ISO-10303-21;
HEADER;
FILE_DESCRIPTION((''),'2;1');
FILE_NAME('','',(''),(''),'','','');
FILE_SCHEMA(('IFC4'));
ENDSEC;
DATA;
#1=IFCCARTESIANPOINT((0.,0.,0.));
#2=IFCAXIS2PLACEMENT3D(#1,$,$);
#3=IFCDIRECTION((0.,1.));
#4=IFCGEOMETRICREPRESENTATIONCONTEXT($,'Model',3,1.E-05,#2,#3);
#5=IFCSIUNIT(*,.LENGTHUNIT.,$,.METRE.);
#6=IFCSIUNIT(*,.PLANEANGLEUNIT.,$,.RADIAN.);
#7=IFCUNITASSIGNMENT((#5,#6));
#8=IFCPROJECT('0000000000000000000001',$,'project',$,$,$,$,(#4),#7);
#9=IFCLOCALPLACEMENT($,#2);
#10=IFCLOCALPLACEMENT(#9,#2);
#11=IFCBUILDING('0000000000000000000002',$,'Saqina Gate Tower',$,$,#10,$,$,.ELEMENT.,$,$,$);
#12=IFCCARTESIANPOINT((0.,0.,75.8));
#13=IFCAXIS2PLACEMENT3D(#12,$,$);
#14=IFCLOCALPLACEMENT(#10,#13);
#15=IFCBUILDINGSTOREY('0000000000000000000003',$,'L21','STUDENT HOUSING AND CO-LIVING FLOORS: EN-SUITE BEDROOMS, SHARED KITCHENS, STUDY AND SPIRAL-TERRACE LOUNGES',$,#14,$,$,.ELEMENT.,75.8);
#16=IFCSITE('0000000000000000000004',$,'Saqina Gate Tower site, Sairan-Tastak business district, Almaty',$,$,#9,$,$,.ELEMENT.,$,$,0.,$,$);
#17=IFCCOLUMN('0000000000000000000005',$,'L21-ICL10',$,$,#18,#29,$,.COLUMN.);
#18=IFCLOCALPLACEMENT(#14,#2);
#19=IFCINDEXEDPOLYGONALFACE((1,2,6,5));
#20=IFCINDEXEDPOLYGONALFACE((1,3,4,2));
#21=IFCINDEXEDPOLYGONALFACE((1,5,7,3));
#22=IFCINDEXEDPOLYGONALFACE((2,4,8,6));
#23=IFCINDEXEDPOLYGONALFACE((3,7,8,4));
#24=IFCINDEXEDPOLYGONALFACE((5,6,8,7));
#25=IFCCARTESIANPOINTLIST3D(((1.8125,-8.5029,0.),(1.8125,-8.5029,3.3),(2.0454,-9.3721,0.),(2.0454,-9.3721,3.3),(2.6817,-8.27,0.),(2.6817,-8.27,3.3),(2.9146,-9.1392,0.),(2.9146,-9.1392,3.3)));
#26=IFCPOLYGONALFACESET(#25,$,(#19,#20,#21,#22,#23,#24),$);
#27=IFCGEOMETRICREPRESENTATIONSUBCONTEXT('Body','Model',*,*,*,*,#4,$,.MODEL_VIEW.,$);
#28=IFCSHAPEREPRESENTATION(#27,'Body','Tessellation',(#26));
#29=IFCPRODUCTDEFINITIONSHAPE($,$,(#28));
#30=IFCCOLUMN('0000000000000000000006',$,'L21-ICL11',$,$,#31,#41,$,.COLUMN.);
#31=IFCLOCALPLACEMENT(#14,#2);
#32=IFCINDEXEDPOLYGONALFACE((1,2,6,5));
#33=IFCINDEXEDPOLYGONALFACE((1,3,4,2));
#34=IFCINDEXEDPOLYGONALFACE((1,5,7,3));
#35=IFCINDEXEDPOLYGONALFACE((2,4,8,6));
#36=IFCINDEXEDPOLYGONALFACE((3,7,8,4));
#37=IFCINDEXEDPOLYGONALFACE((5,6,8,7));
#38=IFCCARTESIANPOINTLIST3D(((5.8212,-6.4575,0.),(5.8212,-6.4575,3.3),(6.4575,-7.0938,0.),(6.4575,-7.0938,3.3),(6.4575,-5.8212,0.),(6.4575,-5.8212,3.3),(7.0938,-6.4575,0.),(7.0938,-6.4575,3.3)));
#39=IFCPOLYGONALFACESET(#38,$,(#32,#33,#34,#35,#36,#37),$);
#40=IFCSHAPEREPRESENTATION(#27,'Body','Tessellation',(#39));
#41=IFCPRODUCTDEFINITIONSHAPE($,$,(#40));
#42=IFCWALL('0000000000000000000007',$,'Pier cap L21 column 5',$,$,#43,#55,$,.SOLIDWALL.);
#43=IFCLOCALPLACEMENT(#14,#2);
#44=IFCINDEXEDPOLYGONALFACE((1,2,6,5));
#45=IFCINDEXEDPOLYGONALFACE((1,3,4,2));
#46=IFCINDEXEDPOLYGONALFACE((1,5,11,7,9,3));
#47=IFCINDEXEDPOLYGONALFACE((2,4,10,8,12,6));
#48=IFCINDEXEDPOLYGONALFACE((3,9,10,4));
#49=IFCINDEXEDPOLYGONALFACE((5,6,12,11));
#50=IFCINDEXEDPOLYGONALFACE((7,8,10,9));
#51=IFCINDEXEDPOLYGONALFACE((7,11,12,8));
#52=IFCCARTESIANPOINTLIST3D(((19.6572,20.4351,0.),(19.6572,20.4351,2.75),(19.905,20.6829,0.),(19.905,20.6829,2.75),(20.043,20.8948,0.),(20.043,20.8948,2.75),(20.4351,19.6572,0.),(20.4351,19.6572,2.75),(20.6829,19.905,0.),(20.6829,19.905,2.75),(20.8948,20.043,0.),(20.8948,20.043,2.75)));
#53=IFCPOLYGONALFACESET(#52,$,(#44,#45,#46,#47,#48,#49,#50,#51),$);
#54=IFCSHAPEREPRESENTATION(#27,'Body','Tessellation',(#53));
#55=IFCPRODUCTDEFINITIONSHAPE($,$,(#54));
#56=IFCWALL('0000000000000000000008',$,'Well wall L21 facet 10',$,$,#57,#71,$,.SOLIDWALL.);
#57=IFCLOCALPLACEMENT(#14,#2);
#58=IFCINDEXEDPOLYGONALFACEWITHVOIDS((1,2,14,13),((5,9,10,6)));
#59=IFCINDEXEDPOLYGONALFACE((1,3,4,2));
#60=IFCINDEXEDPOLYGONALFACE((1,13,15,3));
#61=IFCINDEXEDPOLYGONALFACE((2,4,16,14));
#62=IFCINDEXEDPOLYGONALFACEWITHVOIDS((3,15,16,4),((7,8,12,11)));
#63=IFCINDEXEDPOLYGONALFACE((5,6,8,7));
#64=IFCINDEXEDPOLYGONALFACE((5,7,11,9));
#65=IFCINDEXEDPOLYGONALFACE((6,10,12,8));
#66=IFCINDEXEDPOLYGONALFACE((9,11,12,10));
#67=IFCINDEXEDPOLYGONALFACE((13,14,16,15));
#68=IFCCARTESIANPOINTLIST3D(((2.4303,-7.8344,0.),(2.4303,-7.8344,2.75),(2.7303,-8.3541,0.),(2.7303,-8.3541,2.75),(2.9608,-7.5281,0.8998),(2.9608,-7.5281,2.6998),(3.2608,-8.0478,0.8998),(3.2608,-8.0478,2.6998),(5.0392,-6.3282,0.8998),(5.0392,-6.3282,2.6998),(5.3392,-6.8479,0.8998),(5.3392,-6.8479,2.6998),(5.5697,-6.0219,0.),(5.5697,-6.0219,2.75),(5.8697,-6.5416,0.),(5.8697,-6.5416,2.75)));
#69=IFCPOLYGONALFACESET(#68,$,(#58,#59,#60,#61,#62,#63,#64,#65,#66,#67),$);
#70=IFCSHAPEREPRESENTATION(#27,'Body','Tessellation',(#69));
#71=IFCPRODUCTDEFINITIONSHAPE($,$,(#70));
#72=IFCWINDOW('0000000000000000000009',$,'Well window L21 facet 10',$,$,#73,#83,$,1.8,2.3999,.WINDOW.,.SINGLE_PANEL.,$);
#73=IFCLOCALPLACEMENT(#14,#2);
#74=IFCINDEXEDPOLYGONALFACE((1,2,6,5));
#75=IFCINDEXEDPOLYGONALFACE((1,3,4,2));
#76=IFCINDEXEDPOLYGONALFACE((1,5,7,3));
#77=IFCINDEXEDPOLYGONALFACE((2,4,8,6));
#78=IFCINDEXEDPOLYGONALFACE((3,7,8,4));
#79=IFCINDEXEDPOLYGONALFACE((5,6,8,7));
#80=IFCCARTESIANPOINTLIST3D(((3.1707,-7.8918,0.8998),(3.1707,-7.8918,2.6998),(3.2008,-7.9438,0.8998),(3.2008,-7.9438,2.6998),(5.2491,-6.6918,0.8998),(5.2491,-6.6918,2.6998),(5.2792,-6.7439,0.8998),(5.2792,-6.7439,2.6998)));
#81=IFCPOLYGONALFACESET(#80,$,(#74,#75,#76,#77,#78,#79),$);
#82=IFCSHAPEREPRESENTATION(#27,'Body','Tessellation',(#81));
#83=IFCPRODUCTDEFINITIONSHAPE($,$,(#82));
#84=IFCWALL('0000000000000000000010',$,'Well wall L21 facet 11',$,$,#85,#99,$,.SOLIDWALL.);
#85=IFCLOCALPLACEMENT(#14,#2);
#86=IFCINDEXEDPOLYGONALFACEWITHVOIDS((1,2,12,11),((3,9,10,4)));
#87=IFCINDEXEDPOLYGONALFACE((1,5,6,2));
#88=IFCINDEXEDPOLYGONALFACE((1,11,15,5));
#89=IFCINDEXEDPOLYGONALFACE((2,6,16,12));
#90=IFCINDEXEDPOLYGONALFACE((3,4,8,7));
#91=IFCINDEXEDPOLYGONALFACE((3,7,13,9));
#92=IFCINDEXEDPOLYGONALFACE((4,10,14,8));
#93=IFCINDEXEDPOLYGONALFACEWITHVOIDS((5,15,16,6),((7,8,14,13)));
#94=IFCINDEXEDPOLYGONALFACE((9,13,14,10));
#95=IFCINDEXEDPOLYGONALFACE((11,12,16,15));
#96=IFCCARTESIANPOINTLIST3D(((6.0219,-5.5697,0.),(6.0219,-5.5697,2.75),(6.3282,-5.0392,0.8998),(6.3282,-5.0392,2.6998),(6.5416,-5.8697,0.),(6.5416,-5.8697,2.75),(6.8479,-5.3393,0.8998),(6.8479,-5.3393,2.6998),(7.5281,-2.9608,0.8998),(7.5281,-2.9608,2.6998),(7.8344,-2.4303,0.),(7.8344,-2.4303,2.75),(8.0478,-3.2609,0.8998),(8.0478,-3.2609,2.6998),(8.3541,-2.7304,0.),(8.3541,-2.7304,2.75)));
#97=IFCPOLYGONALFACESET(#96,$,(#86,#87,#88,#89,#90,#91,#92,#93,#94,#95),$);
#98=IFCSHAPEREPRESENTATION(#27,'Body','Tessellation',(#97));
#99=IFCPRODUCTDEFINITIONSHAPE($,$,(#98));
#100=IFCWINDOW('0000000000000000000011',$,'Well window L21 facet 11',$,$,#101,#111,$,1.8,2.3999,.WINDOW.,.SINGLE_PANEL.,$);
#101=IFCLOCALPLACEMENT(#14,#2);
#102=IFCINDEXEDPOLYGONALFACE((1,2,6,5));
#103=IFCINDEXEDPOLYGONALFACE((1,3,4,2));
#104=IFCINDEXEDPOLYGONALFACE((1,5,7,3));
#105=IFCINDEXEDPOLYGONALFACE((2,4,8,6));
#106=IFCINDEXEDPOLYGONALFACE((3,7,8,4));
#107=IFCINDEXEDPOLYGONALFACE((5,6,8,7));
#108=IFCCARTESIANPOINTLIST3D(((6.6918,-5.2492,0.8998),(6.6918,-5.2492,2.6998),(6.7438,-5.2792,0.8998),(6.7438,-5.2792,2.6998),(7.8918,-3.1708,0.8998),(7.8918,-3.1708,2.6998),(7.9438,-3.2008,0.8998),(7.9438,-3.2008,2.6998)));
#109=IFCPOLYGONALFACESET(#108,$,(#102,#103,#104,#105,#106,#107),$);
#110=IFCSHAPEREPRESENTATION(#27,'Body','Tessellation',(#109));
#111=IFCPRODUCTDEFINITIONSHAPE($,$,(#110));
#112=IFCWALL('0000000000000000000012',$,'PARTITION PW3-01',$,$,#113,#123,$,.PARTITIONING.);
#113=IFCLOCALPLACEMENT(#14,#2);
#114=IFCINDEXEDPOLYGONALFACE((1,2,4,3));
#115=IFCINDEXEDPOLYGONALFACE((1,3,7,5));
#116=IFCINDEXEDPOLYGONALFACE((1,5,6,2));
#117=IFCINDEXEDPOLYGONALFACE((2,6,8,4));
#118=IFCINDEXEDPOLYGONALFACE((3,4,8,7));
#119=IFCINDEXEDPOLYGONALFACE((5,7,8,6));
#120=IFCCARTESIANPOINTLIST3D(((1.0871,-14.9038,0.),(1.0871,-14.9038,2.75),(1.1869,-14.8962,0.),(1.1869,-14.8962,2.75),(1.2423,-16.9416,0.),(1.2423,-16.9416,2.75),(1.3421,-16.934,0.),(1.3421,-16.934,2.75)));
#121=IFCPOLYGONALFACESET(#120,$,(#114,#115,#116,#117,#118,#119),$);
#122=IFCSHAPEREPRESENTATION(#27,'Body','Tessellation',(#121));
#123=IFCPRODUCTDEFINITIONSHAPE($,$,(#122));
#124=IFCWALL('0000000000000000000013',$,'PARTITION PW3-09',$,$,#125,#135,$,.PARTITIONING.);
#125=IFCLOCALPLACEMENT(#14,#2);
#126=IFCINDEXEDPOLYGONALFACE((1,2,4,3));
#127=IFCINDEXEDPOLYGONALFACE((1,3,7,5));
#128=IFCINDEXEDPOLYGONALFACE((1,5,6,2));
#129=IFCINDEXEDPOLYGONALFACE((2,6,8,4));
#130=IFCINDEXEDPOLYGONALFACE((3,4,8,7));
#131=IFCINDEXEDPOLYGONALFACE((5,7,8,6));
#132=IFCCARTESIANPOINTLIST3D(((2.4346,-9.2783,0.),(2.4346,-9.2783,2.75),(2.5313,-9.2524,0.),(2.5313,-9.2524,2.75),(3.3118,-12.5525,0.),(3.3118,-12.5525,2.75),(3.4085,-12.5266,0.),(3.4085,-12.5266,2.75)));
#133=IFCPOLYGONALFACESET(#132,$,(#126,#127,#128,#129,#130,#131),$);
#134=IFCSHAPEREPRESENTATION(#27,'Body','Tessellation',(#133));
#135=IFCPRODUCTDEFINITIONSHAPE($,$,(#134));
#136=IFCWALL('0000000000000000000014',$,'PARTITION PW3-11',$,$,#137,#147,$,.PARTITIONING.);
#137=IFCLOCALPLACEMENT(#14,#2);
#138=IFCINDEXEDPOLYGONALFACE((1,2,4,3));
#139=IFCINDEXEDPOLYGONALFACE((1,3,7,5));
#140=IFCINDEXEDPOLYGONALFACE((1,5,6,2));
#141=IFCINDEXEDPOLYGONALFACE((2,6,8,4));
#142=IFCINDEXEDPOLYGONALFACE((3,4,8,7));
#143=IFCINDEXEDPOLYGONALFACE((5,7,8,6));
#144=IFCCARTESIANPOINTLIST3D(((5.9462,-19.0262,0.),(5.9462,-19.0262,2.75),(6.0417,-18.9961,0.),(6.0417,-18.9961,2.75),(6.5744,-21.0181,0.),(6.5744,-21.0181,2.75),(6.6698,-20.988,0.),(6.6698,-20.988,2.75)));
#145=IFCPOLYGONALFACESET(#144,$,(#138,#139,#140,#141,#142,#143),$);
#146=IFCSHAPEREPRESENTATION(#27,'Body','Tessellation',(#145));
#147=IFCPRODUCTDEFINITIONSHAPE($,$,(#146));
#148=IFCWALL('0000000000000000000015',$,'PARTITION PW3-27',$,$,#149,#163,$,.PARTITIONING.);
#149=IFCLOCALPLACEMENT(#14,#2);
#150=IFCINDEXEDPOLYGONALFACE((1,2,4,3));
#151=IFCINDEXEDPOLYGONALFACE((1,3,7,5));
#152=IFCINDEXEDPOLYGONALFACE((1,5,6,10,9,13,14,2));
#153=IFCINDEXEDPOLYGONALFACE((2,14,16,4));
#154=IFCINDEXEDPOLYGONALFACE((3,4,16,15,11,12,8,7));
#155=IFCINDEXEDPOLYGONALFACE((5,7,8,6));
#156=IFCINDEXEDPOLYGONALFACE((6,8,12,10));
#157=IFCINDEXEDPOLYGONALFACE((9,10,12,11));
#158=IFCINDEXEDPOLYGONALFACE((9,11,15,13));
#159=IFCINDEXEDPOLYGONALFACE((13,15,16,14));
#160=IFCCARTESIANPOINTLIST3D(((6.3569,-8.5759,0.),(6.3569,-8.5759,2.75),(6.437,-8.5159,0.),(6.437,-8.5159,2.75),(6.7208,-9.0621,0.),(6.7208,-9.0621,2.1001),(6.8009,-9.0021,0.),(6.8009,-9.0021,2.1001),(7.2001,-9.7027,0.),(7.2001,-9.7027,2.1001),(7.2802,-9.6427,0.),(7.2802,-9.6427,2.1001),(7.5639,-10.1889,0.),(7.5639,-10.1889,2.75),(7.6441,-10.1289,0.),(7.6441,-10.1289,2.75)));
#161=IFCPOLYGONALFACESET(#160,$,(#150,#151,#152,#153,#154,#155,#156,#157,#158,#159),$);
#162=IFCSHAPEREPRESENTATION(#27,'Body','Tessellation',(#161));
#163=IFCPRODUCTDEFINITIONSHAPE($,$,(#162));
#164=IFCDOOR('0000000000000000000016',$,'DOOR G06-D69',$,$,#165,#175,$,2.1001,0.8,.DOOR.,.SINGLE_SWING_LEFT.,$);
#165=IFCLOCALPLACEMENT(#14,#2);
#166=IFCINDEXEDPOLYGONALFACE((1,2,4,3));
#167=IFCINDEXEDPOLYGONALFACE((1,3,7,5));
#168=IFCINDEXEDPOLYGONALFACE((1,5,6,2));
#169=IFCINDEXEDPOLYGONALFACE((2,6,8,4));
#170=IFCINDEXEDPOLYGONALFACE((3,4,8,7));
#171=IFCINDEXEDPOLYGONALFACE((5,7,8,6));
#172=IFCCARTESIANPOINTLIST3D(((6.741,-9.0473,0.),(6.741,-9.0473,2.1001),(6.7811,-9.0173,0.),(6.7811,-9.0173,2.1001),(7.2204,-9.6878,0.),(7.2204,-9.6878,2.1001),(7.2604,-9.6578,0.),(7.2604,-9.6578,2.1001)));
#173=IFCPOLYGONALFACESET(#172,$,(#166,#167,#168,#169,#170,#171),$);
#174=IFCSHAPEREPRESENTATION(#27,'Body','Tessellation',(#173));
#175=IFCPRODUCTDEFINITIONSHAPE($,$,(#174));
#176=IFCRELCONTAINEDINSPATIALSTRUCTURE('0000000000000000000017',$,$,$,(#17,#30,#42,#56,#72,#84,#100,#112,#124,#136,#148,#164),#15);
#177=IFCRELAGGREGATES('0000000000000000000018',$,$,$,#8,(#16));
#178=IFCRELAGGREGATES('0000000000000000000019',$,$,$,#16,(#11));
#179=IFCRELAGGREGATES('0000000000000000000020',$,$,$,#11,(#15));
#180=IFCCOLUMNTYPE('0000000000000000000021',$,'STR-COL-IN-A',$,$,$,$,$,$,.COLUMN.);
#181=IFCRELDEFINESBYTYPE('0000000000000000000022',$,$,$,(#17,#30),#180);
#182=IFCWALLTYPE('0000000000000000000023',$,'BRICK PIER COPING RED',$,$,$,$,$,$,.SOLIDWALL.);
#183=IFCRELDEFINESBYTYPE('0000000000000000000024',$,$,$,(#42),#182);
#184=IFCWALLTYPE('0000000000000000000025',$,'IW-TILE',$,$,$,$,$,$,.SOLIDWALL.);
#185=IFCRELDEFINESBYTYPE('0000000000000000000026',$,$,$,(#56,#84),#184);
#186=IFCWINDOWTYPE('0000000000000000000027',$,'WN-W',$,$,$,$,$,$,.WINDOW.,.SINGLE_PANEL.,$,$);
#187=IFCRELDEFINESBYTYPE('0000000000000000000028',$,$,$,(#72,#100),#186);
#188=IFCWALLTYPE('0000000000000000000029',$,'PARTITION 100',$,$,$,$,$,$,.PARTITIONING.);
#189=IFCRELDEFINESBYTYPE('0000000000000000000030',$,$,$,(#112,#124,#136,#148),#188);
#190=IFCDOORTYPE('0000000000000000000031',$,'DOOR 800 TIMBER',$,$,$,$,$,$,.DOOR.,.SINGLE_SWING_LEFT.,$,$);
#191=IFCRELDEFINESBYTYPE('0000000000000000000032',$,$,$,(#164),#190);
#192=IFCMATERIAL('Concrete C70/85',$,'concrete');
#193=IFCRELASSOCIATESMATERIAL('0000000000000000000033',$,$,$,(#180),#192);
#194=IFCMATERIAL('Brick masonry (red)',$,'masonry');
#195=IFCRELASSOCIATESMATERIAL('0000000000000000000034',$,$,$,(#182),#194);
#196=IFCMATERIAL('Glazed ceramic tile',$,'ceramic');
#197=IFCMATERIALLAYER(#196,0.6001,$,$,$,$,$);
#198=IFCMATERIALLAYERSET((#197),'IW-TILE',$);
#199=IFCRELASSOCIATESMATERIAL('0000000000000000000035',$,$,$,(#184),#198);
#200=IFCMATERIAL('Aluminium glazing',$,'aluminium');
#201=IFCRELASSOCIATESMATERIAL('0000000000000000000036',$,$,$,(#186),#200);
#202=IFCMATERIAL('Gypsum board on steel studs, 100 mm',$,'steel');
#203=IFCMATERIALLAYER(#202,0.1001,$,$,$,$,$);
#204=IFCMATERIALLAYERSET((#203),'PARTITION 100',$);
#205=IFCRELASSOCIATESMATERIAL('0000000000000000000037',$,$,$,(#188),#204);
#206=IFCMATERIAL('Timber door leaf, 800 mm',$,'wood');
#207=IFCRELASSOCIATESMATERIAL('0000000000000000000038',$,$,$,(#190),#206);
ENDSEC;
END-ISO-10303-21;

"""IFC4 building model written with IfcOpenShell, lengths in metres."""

from ifc_helpers import new_model, si_unit, direction, frame, frame_2d, origin, origin_2d, place, context, subcontext, project, spatial, polyline, rectangle, outline, extrude, material, layer, layer_set, material_profile, profile_set, type_object, element, fill, save


model = new_model("IFC4")

# Units and contexts
model_context = context("Model", 3, precision=1e-05, world=origin(), true_north=direction((0.0, 1.0)))
body_context = subcontext(model_context, "Body", "Model", "MODEL_VIEW")
ifc_project = project(units=[si_unit("LENGTHUNIT", "METRE"), si_unit("PLANEANGLEUNIT", "RADIAN")], contexts=[model_context])

# Site, building, storey
site_placement = place(None, origin())
site = spatial("IfcSite", under=ifc_project, at=site_placement, Name="Saqina Gate Tower site, Sairan-Tastak business district, Almaty", CompositionType="ELEMENT", RefElevation=0.0)
building_placement = place(site_placement, origin())
building = spatial("IfcBuilding", under=site, at=building_placement, Name="Saqina Gate Tower", CompositionType="ELEMENT")
storey_placement = place(building_placement, frame((0.0, 0.0, 75.8)))
storey = spatial("IfcBuildingStorey", under=building, at=storey_placement, Name="L21", Description="STUDENT HOUSING AND CO-LIVING FLOORS: EN-SUITE BEDROOMS, SHARED KITCHENS, STUDY AND SPIRAL-TERRACE LOUNGES", CompositionType="ELEMENT", Elevation=75.8)

# Columns
ifc_material_1 = material(Name="Concrete C70/85", Category="concrete")
ifc_material_profile = material_profile(ifc_material_1, rectangle(XDim=0.8999, YDim=0.8999, at=origin_2d()), Name="RC 900x900")
ifc_profile_set = profile_set([ifc_material_profile], Name="Concrete C70/85")
column_type = type_object("IfcColumnType", Name="STR-COL-IN-A", PredefinedType="COLUMN", material=ifc_profile_set)
for number, where, z_axis, x_axis, name in (
    (1, (2.3635, -8.821, 0.0), (0.0, 0.0, 1.0), (0.258819, -0.965926, 0.0), "L21-ICL10"),
    (2, (6.4575, -6.4575, 0.0), (0.0, 0.0, 1.0), (0.707107, -0.707107, 0.0), "L21-ICL11"),
):
    element("IfcColumn", number, at=place(storey_placement, frame(where, z_axis=z_axis, x_axis=x_axis)), inside=storey, type_object=column_type, Name=name, PredefinedType="COLUMN", context=body_context, shape_type="SweptSolid", body=[
        extrude(rectangle(XDim=0.8999, YDim=0.8999, at=origin_2d()), origin(), (0.0, 0.0, 1.0), 3.3),
    ])

# Wall
ifc_material_2 = material(Name="Brick masonry (red)", Category="masonry")
wall_type_1 = type_object("IfcWallType", Name="BRICK PIER COPING RED", PredefinedType="SOLIDWALL", material=ifc_material_2)
wall_1_placement = place(storey_placement, origin())
element("IfcWall", 3, at=wall_1_placement, inside=storey, type_object=wall_type_1, Name="Pier cap L21 column 5", PredefinedType="SOLIDWALL", context=body_context, shape_type="SweptSolid", body=[
    extrude(outline(polyline([(20.043, 20.8948), (19.6572, 20.4351), (19.905, 20.6829), (20.6829, 19.905), (20.4351, 19.6572), (20.8948, 20.043), (20.043, 20.8948)])), origin(), (0.0, 0.0, 1.0), 2.75),
])

# Walls, openings, windows
ifc_material_3 = material(Name="Glazed ceramic tile", Category="ceramic")
ifc_layer_1 = layer(ifc_material_3, 0.6001)
ifc_layer_set_1 = layer_set([ifc_layer_1], Name="IW-TILE")
wall_type_2 = type_object("IfcWallType", Name="IW-TILE", PredefinedType="SOLIDWALL", material=ifc_layer_set_1)
wall_2_placement = place(storey_placement, frame((2.5803, -8.0942, 0.0), z_axis=(0.0, 0.0, 1.0), x_axis=(0.86603, 0.499993, 0.0)))
wall_2 = element("IfcWall", 4, at=wall_2_placement, inside=storey, type_object=wall_type_2, Name="Well wall L21 facet 10", PredefinedType="SOLIDWALL", context=body_context, shape_type="SweptSolid", body=[
    extrude(rectangle(XDim=3.625, YDim=0.6001, at=frame_2d((1.8125, 0.0))), origin(), (0.0, 0.0, 1.0), 2.75),
])
opening_1_placement = place(wall_2_placement, frame((0.6125, 0.0, 0.8999)))
opening_1 = element("IfcOpeningElement", 5, at=opening_1_placement, cuts=wall_2, PredefinedType="OPENING", context=body_context, shape_type="SweptSolid", body=[
    extrude(rectangle(XDim=2.3999, YDim=1.8, at=frame_2d((1.2, 0.8999))), frame((0.0, 0.312, 0.0), z_axis=(0.0, -1.0, 0.0), x_axis=(1.0, 0.0, 0.0)), (0.0, 0.0, 1.0), 0.624),
])
ifc_material_4 = material(Name="Aluminium glazing", Category="aluminium")
window_type = type_object("IfcWindowType", Name="WN-W", PartitioningType="SINGLE_PANEL", PredefinedType="WINDOW", material=ifc_material_4)
window_1_placement = place(opening_1_placement, origin())
window_1 = element("IfcWindow", 6, at=window_1_placement, inside=storey, type_object=window_type, Name="Well window L21 facet 10", OverallHeight=1.8, OverallWidth=2.3999, PartitioningType="SINGLE_PANEL", PredefinedType="WINDOW", context=body_context, shape_type="SweptSolid", body=[
    extrude(rectangle(XDim=2.3999, YDim=1.8, at=frame_2d((1.2, 0.8999))), frame((0.0, -0.1199, 0.0), z_axis=(0.0, -1.0, 0.0), x_axis=(1.0, 0.0, 0.0)), (0.0, 0.0, 1.0), 0.0601),
])
fill(opening_1, window_1)
wall_3_placement = place(storey_placement, frame((6.2817, -5.7197, 0.0), z_axis=(0.0, 0.0, 1.0), x_axis=(0.499993, 0.86603, 0.0)))
wall_3 = element("IfcWall", 7, at=wall_3_placement, inside=storey, type_object=wall_type_2, Name="Well wall L21 facet 11", PredefinedType="SOLIDWALL", context=body_context, shape_type="SweptSolid", body=[
    extrude(rectangle(XDim=3.625, YDim=0.6001, at=frame_2d((1.8125, 0.0))), origin(), (0.0, 0.0, 1.0), 2.75),
])
opening_2_placement = place(wall_3_placement, frame((0.6125, 0.0, 0.8999)))
opening_2 = element("IfcOpeningElement", 8, at=opening_2_placement, cuts=wall_3, PredefinedType="OPENING", context=body_context, shape_type="SweptSolid", body=[
    extrude(rectangle(XDim=2.3999, YDim=1.8, at=frame_2d((1.2, 0.8999))), frame((0.0, 0.312, 0.0), z_axis=(0.0, -1.0, 0.0), x_axis=(1.0, 0.0, 0.0)), (0.0, 0.0, 1.0), 0.624),
])
window_2_placement = place(opening_2_placement, origin())
window_2 = element("IfcWindow", 9, at=window_2_placement, inside=storey, type_object=window_type, Name="Well window L21 facet 11", OverallHeight=1.8, OverallWidth=2.3999, PartitioningType="SINGLE_PANEL", PredefinedType="WINDOW", context=body_context, shape_type="SweptSolid", body=[
    extrude(rectangle(XDim=2.3999, YDim=1.8, at=frame_2d((1.2, 0.8999))), frame((0.0, -0.1199, 0.0), z_axis=(0.0, -1.0, 0.0), x_axis=(1.0, 0.0, 0.0)), (0.0, 0.0, 1.0), 0.0601),
])
fill(opening_2, window_2)

# Walls
ifc_material_5 = material(Name="Gypsum board on steel studs, 100 mm", Category="steel")
ifc_layer_2 = layer(ifc_material_5, 0.1001)
ifc_layer_set_2 = layer_set([ifc_layer_2], Name="PARTITION 100")
wall_type_3 = type_object("IfcWallType", Name="PARTITION 100", PredefinedType="PARTITIONING", material=ifc_layer_set_2)
wall_4_placement = place(storey_placement, frame((1.137, -14.8999, 0.0), z_axis=(0.0, 0.0, 1.0), x_axis=(0.075975, -0.99711, 0.0)))
element("IfcWall", 10, at=wall_4_placement, inside=storey, type_object=wall_type_3, Name="PARTITION PW3-01", PredefinedType="PARTITIONING", context=body_context, shape_type="SweptSolid", body=[
    extrude(rectangle(XDim=2.0437, YDim=0.1001, at=frame_2d((1.022, 0.0))), origin(), (0.0, 0.0, 1.0), 2.75),
])
wall_5_placement = place(storey_placement, frame((2.4829, -9.2654, 0.0), z_axis=(0.0, 0.0, 1.0), x_axis=(0.258788, -0.965934, 0.0)))
element("IfcWall", 11, at=wall_5_placement, inside=storey, type_object=wall_type_3, Name="PARTITION PW3-09", PredefinedType="PARTITIONING", context=body_context, shape_type="SweptSolid", body=[
    extrude(rectangle(XDim=3.3896, YDim=0.1001, at=frame_2d((1.6948, 0.0))), origin(), (0.0, 0.0, 1.0), 2.75),
])
wall_6_placement = place(storey_placement, frame((5.9939, -19.011, 0.0), z_axis=(0.0, 0.0, 1.0), x_axis=(0.300757, -0.953701, 0.0)))
element("IfcWall", 12, at=wall_6_placement, inside=storey, type_object=wall_type_3, Name="PARTITION PW3-11", PredefinedType="PARTITIONING", context=body_context, shape_type="SweptSolid", body=[
    extrude(rectangle(XDim=2.0886, YDim=0.1001, at=frame_2d((1.0444, 0.0))), origin(), (0.0, 0.0, 1.0), 2.75),
])

# Wall, opening, door
wall_7_placement = place(storey_placement, frame((6.397, -8.5459, 0.0), z_axis=(0.0, 0.0, 1.0), x_axis=(0.599127, -0.800654, 0.0)))
wall_7 = element("IfcWall", 13, at=wall_7_placement, inside=storey, type_object=wall_type_3, Name="PARTITION PW3-27", PredefinedType="PARTITIONING", context=body_context, shape_type="SweptSolid", body=[
    extrude(rectangle(XDim=2.0146, YDim=0.1001, at=frame_2d((1.0073, 0.0))), origin(), (0.0, 0.0, 1.0), 2.75),
])
opening_3_placement = place(wall_7_placement, frame((0.6074, 0.0, 0.0)))
opening_3 = element("IfcOpeningElement", 14, at=opening_3_placement, cuts=wall_7, PredefinedType="OPENING", context=body_context, shape_type="SweptSolid", body=[
    extrude(rectangle(XDim=0.8, YDim=2.1001, at=frame_2d((0.3999, 1.05))), frame((0.0, 0.062, 0.0), z_axis=(0.0, -1.0, 0.0), x_axis=(1.0, 0.0, 0.0)), (0.0, 0.0, 1.0), 0.124),
])
ifc_material_6 = material(Name="Timber door leaf, 800 mm", Category="wood")
door_type_1 = type_object("IfcDoorType", Name="DOOR 800 TIMBER", OperationType="SINGLE_SWING_LEFT", PredefinedType="DOOR", material=ifc_material_6)
door_1_placement = place(opening_3_placement, frame((0.8, 0.0, 0.0), z_axis=(0.0, 0.0, 1.0), x_axis=(-1.0, 0.0, 0.0)))
door_1 = element("IfcDoor", 15, at=door_1_placement, inside=storey, type_object=door_type_1, Name="DOOR G06-D69", OperationType="SINGLE_SWING_LEFT", OverallHeight=2.1001, OverallWidth=0.8, PredefinedType="DOOR", context=body_context, shape_type="SweptSolid", body=[
    extrude(rectangle(XDim=0.8, YDim=2.1001, at=frame_2d((0.3999, 1.05))), frame((0.0, 0.0249, 0.0), z_axis=(0.0, -1.0, 0.0), x_axis=(1.0, 0.0, 0.0)), (0.0, 0.0, 1.0), 0.05),
])
fill(opening_3, door_1)

save(model, "model.ifc")
